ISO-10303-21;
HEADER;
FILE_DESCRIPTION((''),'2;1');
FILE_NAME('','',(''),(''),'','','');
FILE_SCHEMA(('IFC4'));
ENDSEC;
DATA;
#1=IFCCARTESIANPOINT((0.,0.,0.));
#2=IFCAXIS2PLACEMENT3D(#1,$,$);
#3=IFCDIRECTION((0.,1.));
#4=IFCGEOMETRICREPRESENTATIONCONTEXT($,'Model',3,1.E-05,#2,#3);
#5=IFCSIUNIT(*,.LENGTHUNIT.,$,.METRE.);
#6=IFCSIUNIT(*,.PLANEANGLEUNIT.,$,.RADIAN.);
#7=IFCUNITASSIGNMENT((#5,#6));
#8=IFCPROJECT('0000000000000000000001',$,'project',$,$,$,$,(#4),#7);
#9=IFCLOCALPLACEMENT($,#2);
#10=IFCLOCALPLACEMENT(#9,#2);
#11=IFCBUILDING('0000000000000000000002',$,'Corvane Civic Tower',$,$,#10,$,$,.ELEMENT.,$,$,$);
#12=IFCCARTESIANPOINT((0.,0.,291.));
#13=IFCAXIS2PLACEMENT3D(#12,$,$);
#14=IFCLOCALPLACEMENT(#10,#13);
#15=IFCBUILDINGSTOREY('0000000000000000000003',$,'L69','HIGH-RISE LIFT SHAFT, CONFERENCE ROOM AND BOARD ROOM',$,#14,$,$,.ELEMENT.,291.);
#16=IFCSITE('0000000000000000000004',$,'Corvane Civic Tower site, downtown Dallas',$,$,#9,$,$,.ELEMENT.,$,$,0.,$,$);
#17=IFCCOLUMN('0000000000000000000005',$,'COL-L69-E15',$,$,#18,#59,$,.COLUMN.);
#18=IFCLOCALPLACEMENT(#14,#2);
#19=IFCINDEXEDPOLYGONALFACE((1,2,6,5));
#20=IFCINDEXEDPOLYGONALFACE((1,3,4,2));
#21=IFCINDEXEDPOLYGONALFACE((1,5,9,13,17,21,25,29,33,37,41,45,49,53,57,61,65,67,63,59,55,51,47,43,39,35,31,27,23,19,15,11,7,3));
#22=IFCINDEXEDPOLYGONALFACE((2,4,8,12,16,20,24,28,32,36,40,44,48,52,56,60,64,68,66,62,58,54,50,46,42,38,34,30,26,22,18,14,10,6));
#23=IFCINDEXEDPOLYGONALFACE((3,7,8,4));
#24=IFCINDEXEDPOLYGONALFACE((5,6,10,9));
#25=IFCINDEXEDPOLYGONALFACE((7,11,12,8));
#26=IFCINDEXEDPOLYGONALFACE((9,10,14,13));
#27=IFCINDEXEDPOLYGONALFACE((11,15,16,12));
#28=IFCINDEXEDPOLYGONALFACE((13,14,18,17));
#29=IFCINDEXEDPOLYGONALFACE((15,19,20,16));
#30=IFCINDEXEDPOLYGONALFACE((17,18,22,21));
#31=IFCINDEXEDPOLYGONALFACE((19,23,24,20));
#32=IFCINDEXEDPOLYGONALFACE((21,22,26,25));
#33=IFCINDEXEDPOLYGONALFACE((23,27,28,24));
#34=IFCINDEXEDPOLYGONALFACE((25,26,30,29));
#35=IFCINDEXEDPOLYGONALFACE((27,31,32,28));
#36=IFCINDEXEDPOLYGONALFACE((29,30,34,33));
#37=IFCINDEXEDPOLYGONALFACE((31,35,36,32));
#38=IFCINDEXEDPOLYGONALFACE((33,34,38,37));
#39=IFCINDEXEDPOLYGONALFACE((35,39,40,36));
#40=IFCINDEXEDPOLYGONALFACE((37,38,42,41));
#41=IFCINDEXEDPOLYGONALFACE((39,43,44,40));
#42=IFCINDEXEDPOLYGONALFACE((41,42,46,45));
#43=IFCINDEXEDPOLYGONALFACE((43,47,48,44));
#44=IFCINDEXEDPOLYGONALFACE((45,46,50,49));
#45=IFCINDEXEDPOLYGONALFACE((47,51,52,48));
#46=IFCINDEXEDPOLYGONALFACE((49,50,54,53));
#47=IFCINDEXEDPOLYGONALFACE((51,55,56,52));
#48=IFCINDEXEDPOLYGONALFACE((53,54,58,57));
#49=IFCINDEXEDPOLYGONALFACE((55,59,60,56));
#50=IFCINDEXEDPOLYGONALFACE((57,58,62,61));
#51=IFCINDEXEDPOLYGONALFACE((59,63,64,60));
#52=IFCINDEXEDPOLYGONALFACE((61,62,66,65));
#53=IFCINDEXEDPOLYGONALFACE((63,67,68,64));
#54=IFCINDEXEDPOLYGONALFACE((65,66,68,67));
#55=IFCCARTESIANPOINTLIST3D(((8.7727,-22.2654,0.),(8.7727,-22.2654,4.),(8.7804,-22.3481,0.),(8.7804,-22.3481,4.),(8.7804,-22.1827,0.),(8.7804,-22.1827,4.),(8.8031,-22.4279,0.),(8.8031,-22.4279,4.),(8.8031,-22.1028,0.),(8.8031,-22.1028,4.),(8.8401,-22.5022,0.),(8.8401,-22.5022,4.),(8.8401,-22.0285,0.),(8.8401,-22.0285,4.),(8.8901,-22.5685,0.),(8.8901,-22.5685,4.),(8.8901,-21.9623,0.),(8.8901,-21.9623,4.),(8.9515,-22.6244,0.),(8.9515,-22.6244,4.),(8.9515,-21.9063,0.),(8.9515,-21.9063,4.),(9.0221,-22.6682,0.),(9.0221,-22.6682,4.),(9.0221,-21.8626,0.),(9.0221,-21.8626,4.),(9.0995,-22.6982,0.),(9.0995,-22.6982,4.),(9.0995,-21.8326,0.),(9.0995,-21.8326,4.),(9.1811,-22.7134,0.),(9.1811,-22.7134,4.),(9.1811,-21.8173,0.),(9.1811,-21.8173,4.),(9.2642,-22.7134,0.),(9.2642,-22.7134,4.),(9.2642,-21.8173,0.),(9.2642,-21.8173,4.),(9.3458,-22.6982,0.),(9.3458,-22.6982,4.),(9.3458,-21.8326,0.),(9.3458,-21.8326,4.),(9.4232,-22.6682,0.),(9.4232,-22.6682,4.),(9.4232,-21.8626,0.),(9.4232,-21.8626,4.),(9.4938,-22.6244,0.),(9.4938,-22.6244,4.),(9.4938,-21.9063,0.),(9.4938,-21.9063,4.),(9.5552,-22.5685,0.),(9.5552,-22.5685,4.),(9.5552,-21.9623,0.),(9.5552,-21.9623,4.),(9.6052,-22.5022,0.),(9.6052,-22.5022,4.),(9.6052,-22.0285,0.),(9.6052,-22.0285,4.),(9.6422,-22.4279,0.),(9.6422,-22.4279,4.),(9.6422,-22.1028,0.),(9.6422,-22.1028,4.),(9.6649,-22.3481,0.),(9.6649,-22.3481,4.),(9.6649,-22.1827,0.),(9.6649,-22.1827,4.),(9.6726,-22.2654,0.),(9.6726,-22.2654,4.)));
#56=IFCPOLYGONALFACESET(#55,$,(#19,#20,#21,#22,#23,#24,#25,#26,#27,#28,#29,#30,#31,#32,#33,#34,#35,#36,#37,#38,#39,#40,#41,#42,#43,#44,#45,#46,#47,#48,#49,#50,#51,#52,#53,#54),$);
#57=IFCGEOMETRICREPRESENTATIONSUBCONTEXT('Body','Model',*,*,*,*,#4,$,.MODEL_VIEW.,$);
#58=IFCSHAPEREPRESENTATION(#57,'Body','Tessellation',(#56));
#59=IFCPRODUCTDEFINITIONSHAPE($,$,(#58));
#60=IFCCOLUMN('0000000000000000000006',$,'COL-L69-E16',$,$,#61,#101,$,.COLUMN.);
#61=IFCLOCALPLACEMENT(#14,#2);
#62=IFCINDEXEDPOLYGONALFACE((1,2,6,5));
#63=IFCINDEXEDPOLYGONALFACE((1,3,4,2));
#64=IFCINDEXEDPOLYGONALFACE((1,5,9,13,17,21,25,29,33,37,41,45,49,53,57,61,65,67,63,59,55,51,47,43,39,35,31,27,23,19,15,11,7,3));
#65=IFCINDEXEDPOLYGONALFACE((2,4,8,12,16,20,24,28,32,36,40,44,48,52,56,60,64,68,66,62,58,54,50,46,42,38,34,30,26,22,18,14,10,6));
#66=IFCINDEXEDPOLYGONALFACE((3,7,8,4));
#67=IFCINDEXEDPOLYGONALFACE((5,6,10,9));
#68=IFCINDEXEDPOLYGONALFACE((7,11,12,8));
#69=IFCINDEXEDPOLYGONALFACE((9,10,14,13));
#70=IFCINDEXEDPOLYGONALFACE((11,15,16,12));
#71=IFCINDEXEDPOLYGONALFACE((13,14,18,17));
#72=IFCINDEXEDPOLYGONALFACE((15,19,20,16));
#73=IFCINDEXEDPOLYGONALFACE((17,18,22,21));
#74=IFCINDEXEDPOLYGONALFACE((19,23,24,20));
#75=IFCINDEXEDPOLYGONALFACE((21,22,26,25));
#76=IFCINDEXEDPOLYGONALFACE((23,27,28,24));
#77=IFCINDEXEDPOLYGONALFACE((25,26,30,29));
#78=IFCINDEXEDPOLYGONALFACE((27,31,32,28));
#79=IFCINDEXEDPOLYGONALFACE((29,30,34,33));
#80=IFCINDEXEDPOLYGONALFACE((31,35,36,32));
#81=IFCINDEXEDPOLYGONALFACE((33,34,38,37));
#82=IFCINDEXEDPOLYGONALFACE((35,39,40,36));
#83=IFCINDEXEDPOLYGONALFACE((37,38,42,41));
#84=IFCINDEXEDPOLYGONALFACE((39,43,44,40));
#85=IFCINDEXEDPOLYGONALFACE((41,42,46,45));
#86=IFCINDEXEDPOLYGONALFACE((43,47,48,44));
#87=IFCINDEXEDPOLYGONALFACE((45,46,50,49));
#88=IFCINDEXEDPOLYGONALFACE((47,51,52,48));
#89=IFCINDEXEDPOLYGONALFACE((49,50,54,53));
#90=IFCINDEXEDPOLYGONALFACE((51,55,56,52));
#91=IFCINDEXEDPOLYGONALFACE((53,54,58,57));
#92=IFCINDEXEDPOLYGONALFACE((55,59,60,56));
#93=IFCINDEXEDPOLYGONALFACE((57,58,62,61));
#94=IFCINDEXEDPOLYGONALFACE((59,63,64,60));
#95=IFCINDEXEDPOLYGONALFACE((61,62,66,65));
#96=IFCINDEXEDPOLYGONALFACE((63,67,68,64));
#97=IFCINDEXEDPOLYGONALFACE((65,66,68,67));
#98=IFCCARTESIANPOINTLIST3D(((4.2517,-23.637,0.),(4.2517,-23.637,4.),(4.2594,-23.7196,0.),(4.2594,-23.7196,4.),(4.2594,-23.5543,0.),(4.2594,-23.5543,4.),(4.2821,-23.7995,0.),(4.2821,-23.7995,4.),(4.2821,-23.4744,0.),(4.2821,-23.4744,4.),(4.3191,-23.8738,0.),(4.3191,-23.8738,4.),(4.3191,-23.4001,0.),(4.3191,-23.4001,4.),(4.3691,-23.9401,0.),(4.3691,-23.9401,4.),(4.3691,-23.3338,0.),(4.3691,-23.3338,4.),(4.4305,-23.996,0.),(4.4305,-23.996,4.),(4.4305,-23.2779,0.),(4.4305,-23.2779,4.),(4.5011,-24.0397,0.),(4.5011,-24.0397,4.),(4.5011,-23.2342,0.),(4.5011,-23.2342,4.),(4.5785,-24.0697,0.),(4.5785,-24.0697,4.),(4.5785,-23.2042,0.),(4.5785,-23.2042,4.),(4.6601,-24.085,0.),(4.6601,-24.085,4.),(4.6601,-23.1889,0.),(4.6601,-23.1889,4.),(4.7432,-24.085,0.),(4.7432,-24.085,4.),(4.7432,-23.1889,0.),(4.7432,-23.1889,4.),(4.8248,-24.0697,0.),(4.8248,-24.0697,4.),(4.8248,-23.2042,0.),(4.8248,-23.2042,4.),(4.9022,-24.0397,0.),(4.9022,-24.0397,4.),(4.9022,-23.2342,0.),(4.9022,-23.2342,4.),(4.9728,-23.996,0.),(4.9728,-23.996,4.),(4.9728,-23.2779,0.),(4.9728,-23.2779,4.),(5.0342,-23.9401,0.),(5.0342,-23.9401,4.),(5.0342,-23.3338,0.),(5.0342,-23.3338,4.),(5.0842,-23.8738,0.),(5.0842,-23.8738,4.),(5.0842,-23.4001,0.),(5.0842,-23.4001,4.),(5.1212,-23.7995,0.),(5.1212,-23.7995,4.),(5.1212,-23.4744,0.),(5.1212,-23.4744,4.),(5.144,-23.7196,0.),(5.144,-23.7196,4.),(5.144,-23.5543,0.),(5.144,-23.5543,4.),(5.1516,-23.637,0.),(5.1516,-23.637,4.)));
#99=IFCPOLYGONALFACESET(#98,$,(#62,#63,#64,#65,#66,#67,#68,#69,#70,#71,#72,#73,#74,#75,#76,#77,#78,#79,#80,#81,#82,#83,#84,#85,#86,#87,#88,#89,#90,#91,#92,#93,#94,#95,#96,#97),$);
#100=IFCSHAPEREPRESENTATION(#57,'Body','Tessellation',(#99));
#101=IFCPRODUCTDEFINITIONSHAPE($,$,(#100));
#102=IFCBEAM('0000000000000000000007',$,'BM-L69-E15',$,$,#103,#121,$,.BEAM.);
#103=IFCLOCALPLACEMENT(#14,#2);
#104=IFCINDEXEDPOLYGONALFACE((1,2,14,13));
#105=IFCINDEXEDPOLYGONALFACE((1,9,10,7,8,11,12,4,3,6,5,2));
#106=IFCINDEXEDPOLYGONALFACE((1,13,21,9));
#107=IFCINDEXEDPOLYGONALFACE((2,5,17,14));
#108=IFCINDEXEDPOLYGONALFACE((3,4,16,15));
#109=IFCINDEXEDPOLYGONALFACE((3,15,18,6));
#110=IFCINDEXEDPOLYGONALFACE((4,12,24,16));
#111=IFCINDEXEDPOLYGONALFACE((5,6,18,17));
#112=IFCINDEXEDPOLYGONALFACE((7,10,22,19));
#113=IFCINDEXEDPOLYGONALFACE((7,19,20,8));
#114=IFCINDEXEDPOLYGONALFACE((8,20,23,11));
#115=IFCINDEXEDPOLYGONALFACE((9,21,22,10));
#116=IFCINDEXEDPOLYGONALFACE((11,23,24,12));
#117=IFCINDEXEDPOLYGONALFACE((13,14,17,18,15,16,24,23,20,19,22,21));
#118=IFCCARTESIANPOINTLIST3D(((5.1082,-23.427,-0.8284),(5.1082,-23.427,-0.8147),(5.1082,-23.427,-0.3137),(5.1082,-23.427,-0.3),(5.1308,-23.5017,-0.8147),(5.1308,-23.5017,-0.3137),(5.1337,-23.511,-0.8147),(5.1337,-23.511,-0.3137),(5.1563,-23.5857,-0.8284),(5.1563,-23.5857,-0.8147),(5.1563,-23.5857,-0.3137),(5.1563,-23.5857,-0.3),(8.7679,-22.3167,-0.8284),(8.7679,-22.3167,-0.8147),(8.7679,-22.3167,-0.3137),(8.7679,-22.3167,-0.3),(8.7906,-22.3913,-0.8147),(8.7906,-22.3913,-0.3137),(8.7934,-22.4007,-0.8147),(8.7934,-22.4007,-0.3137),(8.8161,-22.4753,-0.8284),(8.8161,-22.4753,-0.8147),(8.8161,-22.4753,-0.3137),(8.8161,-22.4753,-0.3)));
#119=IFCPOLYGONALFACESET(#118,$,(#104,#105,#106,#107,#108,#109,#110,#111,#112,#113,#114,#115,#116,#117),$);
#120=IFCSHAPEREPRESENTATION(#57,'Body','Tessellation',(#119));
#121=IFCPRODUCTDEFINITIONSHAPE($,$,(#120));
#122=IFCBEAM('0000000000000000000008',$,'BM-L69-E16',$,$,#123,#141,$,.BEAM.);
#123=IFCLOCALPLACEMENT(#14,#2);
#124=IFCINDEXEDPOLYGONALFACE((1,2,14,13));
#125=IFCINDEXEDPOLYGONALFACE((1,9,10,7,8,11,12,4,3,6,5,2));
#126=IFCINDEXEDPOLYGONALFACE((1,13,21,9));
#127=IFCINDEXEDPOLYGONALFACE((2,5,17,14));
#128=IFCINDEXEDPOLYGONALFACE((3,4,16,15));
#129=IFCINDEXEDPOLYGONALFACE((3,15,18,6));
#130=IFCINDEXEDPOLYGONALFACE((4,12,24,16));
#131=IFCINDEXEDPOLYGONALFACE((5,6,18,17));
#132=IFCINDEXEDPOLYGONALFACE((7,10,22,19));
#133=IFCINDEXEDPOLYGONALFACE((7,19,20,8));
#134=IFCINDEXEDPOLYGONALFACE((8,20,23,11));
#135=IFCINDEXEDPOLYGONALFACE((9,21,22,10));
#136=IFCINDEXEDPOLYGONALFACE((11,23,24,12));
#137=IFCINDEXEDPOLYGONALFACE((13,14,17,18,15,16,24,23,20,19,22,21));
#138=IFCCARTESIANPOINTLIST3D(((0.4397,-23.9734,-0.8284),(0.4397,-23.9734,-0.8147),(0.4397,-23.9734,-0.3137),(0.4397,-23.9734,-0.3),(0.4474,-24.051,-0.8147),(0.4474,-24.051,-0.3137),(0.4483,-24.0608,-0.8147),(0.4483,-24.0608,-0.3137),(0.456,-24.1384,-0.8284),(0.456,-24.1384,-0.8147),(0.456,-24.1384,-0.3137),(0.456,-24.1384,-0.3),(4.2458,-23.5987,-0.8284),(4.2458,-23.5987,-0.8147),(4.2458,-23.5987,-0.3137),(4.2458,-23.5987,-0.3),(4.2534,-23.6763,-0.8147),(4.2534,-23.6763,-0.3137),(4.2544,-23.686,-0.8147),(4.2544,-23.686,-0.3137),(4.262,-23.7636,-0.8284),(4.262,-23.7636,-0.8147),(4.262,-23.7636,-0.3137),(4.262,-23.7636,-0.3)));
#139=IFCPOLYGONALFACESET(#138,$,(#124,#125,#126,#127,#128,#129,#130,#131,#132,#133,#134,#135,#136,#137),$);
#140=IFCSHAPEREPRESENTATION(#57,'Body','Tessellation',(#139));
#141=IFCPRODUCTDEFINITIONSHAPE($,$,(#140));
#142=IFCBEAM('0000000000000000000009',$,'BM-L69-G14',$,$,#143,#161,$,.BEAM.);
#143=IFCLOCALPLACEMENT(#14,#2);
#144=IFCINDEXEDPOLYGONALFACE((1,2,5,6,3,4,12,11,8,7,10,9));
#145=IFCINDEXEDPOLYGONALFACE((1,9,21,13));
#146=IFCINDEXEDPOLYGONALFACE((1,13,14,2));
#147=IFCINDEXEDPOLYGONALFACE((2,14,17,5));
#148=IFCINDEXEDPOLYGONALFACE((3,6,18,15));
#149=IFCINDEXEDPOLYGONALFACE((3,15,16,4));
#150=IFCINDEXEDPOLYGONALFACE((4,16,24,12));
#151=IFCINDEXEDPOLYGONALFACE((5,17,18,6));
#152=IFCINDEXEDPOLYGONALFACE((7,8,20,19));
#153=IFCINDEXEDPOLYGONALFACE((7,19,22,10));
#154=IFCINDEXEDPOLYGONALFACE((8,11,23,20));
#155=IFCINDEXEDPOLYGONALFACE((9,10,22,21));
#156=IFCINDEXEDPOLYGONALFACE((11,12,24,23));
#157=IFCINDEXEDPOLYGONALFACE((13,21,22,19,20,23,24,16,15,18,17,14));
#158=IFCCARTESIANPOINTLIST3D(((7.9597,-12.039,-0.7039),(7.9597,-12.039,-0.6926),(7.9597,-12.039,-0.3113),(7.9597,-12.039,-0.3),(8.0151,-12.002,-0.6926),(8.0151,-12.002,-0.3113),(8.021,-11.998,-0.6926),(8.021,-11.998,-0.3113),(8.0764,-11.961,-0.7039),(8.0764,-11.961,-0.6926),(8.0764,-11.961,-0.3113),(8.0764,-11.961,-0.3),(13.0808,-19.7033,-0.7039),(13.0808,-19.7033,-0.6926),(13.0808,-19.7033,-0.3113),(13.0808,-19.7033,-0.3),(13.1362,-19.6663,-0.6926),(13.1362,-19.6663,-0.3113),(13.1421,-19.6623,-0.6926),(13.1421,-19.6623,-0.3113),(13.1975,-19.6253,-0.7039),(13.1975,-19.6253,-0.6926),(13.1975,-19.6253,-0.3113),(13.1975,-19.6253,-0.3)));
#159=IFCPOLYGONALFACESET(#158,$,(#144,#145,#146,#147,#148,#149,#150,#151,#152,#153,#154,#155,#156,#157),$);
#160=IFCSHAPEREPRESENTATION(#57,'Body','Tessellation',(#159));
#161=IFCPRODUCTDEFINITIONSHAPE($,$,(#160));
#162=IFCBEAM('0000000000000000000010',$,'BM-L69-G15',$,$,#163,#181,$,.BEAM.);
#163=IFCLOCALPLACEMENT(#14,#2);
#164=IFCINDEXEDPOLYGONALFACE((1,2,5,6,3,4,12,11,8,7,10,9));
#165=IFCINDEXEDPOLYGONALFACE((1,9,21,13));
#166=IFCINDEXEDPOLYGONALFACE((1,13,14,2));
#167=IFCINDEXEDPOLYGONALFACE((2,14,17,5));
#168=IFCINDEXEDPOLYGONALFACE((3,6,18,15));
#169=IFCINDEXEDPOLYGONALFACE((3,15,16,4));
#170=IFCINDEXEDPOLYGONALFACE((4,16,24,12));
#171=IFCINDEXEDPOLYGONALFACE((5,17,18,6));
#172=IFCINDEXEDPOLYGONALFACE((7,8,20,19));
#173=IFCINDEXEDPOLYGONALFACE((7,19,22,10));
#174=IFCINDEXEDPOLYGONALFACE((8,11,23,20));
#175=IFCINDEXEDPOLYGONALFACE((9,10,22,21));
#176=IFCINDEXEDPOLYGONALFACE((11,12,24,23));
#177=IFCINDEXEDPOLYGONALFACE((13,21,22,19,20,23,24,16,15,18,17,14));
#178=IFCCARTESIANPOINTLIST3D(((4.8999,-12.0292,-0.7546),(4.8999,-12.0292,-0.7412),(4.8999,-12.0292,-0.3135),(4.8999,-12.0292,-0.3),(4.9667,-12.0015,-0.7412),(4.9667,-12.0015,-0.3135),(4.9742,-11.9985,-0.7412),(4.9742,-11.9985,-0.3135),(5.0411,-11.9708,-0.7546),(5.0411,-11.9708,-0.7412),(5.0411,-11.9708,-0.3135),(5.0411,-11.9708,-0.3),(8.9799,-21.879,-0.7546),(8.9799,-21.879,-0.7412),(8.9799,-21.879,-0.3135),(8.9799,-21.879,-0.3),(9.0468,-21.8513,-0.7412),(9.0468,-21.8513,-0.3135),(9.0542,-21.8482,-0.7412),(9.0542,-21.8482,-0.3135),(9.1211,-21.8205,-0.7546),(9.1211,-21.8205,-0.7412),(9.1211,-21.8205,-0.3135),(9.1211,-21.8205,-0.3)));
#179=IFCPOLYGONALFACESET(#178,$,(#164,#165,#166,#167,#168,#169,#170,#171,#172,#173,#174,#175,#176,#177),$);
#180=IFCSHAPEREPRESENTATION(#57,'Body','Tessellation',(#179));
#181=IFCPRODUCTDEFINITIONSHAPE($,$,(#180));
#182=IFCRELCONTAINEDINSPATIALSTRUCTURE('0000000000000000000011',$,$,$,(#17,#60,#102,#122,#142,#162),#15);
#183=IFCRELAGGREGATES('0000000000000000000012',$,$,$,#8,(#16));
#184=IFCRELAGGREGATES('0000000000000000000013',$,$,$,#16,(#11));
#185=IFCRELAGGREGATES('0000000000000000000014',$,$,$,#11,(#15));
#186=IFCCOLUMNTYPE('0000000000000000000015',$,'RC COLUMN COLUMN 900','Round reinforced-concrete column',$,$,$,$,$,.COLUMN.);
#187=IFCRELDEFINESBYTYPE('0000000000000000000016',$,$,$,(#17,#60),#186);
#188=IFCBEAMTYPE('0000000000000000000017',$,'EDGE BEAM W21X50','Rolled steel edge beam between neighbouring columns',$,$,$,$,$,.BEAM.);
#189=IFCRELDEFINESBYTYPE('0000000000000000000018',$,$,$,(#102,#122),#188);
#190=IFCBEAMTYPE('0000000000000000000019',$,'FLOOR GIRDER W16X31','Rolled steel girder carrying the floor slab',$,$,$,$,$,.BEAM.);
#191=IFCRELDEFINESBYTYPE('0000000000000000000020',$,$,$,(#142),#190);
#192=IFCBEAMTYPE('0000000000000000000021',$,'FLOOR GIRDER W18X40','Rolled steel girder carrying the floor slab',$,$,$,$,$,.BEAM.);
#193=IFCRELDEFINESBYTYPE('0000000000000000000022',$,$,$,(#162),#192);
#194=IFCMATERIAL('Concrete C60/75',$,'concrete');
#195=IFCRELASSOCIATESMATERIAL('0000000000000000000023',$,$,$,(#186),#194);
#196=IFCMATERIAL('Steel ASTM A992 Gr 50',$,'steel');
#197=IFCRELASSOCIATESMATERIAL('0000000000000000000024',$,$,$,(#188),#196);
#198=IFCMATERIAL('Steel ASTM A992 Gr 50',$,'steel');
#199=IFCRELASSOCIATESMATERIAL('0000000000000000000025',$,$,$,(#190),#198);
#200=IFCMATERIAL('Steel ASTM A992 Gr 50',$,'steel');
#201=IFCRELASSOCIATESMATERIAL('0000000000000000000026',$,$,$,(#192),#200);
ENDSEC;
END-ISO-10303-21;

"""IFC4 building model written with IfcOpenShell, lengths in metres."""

from ifc_helpers import new_model, si_unit, direction, frame, origin, origin_2d, place, context, subcontext, project, spatial, circle, i_section, extrude, material, material_profile, profile_set, type_object, element, save


model = new_model("IFC4")

# Units and contexts
model_context = context("Model", 3, precision=1e-05, world=origin(), true_north=direction((0.0, 1.0)))
body_context = subcontext(model_context, "Body", "Model", "MODEL_VIEW")
ifc_project = project(units=[si_unit("LENGTHUNIT", "METRE"), si_unit("PLANEANGLEUNIT", "RADIAN")], contexts=[model_context])

# Site, building, storey
site_placement = place(None, origin())
site = spatial("IfcSite", under=ifc_project, at=site_placement, Name="Corvane Civic Tower site, downtown Dallas", CompositionType="ELEMENT", RefElevation=0.0)
building_placement = place(site_placement, origin())
building = spatial("IfcBuilding", under=site, at=building_placement, Name="Corvane Civic Tower", CompositionType="ELEMENT")
storey_placement = place(building_placement, frame((0.0, 0.0, 291.0)))
storey = spatial("IfcBuildingStorey", under=building, at=storey_placement, Name="L69", Description="HIGH-RISE LIFT SHAFT, CONFERENCE ROOM AND BOARD ROOM", CompositionType="ELEMENT", Elevation=291.0)

# Columns
ifc_material_1 = material(Name="Concrete C60/75", Category="concrete")
ifc_material_profile_1 = material_profile(ifc_material_1, circle(Radius=0.45, at=origin_2d()), Name="COLUMN 900")
ifc_profile_set_1 = profile_set([ifc_material_profile_1], Name="Concrete C60/75")
column_type = type_object("IfcColumnType", Name="RC COLUMN COLUMN 900", Description="Round reinforced-concrete column", PredefinedType="COLUMN", material=ifc_profile_set_1)
for number, where, z_axis, x_axis, name in (
    (1, (9.2227, -22.2654, 0.0), (0.0, 0.0, 1.0), (1.0, 0.0, 0.0), "COL-L69-E15"),
    (2, (4.7017, -23.637, 0.0), (0.0, 0.0, 1.0), (1.0, 0.0, 0.0), "COL-L69-E16"),
):
    element("IfcColumn", number, at=place(storey_placement, frame(where, z_axis=z_axis, x_axis=x_axis)), inside=storey, type_object=column_type, Name=name, PredefinedType="COLUMN", context=body_context, shape_type="SweptSolid", body=[
        extrude(circle(Radius=0.45, at=origin_2d()), origin(), (0.0, 0.0, 1.0), 4.0),
    ])

# Beams
ifc_material_2 = material(Name="Steel ASTM A992 Gr 50", Category="steel")
ifc_material_profile_2 = material_profile(ifc_material_2, i_section(OverallWidth=0.1658, OverallDepth=0.5283, WebThickness=0.0098, FlangeThickness=0.0137, at=origin_2d()), Name="W21X50")
ifc_profile_set_2 = profile_set([ifc_material_profile_2], Name="Steel ASTM A992 Gr 50")
beam_type_1 = type_object("IfcBeamType", Name="EDGE BEAM W21X50", Description="Rolled steel edge beam between neighbouring columns", PredefinedType="BEAM", material=ifc_profile_set_2)
for number, where, z_axis, x_axis, name in (
    (3, (8.792, -22.396, -0.5642), (-0.956926, -0.290333, 0.0), (0.290333, -0.956926, 0.0), "BM-L69-E15"),
    (4, (4.2539, -23.6812, -0.5642), (-0.995188, -0.097987, 0.0), (0.097987, -0.995188, 0.0), "BM-L69-E16"),
):
    element("IfcBeam", number, at=place(storey_placement, frame(where, z_axis=z_axis, x_axis=x_axis)), inside=storey, type_object=beam_type_1, Name=name, PredefinedType="BEAM", context=body_context, shape_type="SweptSolid", body=[
        extrude(i_section(OverallWidth=0.1658, OverallDepth=0.5283, WebThickness=0.0098, FlangeThickness=0.0137, at=origin_2d()), origin(), (0.0, 0.0, 1.0), 3.8245),
    ])
ifc_material_3 = material(Name="Steel ASTM A992 Gr 50", Category="steel")
ifc_material_profile_3 = material_profile(ifc_material_3, i_section(OverallWidth=0.1404, OverallDepth=0.4038, WebThickness=0.0071, FlangeThickness=0.0112, at=origin_2d()), Name="W16X31")
ifc_profile_set_3 = profile_set([ifc_material_profile_3], Name="Steel ASTM A992 Gr 50")
beam_type_2 = type_object("IfcBeamType", Name="FLOOR GIRDER W16X31", Description="Rolled steel girder carrying the floor slab", PredefinedType="BEAM", material=ifc_profile_set_3)
beam_1_placement = place(storey_placement, frame((8.0181, -12.0, -0.502), z_axis=(0.555568, -0.831471, 0.0), x_axis=(0.831471, 0.555568, 0.0)))
element("IfcBeam", 5, at=beam_1_placement, inside=storey, type_object=beam_type_2, Name="BM-L69-G14", PredefinedType="BEAM", context=body_context, shape_type="SweptSolid", body=[
    extrude(i_section(OverallWidth=0.1404, OverallDepth=0.4038, WebThickness=0.0071, FlangeThickness=0.0112, at=origin_2d()), origin(), (0.0, 0.0, 1.0), 9.2178),
])
ifc_material_4 = material(Name="Steel ASTM A992 Gr 50", Category="steel")
ifc_material_profile_4 = material_profile(ifc_material_4, i_section(OverallWidth=0.1528, OverallDepth=0.4546, WebThickness=0.0081, FlangeThickness=0.0134, at=origin_2d()), Name="W18X40")
ifc_profile_set_4 = profile_set([ifc_material_profile_4], Name="Steel ASTM A992 Gr 50")
beam_type_3 = type_object("IfcBeamType", Name="FLOOR GIRDER W18X40", Description="Rolled steel girder carrying the floor slab", PredefinedType="BEAM", material=ifc_profile_set_4)
beam_2_placement = place(storey_placement, frame((4.9705, -12.0, -0.5273), z_axis=(0.382694, -0.923875, 0.0), x_axis=(0.923875, 0.382694, 0.0)))
element("IfcBeam", 6, at=beam_2_placement, inside=storey, type_object=beam_type_3, Name="BM-L69-G15", PredefinedType="BEAM", context=body_context, shape_type="SweptSolid", body=[
    extrude(i_section(OverallWidth=0.1528, OverallDepth=0.4546, WebThickness=0.0081, FlangeThickness=0.0134, at=origin_2d()), origin(), (0.0, 0.0, 1.0), 10.6614),
])

save(model, "model.ifc")
